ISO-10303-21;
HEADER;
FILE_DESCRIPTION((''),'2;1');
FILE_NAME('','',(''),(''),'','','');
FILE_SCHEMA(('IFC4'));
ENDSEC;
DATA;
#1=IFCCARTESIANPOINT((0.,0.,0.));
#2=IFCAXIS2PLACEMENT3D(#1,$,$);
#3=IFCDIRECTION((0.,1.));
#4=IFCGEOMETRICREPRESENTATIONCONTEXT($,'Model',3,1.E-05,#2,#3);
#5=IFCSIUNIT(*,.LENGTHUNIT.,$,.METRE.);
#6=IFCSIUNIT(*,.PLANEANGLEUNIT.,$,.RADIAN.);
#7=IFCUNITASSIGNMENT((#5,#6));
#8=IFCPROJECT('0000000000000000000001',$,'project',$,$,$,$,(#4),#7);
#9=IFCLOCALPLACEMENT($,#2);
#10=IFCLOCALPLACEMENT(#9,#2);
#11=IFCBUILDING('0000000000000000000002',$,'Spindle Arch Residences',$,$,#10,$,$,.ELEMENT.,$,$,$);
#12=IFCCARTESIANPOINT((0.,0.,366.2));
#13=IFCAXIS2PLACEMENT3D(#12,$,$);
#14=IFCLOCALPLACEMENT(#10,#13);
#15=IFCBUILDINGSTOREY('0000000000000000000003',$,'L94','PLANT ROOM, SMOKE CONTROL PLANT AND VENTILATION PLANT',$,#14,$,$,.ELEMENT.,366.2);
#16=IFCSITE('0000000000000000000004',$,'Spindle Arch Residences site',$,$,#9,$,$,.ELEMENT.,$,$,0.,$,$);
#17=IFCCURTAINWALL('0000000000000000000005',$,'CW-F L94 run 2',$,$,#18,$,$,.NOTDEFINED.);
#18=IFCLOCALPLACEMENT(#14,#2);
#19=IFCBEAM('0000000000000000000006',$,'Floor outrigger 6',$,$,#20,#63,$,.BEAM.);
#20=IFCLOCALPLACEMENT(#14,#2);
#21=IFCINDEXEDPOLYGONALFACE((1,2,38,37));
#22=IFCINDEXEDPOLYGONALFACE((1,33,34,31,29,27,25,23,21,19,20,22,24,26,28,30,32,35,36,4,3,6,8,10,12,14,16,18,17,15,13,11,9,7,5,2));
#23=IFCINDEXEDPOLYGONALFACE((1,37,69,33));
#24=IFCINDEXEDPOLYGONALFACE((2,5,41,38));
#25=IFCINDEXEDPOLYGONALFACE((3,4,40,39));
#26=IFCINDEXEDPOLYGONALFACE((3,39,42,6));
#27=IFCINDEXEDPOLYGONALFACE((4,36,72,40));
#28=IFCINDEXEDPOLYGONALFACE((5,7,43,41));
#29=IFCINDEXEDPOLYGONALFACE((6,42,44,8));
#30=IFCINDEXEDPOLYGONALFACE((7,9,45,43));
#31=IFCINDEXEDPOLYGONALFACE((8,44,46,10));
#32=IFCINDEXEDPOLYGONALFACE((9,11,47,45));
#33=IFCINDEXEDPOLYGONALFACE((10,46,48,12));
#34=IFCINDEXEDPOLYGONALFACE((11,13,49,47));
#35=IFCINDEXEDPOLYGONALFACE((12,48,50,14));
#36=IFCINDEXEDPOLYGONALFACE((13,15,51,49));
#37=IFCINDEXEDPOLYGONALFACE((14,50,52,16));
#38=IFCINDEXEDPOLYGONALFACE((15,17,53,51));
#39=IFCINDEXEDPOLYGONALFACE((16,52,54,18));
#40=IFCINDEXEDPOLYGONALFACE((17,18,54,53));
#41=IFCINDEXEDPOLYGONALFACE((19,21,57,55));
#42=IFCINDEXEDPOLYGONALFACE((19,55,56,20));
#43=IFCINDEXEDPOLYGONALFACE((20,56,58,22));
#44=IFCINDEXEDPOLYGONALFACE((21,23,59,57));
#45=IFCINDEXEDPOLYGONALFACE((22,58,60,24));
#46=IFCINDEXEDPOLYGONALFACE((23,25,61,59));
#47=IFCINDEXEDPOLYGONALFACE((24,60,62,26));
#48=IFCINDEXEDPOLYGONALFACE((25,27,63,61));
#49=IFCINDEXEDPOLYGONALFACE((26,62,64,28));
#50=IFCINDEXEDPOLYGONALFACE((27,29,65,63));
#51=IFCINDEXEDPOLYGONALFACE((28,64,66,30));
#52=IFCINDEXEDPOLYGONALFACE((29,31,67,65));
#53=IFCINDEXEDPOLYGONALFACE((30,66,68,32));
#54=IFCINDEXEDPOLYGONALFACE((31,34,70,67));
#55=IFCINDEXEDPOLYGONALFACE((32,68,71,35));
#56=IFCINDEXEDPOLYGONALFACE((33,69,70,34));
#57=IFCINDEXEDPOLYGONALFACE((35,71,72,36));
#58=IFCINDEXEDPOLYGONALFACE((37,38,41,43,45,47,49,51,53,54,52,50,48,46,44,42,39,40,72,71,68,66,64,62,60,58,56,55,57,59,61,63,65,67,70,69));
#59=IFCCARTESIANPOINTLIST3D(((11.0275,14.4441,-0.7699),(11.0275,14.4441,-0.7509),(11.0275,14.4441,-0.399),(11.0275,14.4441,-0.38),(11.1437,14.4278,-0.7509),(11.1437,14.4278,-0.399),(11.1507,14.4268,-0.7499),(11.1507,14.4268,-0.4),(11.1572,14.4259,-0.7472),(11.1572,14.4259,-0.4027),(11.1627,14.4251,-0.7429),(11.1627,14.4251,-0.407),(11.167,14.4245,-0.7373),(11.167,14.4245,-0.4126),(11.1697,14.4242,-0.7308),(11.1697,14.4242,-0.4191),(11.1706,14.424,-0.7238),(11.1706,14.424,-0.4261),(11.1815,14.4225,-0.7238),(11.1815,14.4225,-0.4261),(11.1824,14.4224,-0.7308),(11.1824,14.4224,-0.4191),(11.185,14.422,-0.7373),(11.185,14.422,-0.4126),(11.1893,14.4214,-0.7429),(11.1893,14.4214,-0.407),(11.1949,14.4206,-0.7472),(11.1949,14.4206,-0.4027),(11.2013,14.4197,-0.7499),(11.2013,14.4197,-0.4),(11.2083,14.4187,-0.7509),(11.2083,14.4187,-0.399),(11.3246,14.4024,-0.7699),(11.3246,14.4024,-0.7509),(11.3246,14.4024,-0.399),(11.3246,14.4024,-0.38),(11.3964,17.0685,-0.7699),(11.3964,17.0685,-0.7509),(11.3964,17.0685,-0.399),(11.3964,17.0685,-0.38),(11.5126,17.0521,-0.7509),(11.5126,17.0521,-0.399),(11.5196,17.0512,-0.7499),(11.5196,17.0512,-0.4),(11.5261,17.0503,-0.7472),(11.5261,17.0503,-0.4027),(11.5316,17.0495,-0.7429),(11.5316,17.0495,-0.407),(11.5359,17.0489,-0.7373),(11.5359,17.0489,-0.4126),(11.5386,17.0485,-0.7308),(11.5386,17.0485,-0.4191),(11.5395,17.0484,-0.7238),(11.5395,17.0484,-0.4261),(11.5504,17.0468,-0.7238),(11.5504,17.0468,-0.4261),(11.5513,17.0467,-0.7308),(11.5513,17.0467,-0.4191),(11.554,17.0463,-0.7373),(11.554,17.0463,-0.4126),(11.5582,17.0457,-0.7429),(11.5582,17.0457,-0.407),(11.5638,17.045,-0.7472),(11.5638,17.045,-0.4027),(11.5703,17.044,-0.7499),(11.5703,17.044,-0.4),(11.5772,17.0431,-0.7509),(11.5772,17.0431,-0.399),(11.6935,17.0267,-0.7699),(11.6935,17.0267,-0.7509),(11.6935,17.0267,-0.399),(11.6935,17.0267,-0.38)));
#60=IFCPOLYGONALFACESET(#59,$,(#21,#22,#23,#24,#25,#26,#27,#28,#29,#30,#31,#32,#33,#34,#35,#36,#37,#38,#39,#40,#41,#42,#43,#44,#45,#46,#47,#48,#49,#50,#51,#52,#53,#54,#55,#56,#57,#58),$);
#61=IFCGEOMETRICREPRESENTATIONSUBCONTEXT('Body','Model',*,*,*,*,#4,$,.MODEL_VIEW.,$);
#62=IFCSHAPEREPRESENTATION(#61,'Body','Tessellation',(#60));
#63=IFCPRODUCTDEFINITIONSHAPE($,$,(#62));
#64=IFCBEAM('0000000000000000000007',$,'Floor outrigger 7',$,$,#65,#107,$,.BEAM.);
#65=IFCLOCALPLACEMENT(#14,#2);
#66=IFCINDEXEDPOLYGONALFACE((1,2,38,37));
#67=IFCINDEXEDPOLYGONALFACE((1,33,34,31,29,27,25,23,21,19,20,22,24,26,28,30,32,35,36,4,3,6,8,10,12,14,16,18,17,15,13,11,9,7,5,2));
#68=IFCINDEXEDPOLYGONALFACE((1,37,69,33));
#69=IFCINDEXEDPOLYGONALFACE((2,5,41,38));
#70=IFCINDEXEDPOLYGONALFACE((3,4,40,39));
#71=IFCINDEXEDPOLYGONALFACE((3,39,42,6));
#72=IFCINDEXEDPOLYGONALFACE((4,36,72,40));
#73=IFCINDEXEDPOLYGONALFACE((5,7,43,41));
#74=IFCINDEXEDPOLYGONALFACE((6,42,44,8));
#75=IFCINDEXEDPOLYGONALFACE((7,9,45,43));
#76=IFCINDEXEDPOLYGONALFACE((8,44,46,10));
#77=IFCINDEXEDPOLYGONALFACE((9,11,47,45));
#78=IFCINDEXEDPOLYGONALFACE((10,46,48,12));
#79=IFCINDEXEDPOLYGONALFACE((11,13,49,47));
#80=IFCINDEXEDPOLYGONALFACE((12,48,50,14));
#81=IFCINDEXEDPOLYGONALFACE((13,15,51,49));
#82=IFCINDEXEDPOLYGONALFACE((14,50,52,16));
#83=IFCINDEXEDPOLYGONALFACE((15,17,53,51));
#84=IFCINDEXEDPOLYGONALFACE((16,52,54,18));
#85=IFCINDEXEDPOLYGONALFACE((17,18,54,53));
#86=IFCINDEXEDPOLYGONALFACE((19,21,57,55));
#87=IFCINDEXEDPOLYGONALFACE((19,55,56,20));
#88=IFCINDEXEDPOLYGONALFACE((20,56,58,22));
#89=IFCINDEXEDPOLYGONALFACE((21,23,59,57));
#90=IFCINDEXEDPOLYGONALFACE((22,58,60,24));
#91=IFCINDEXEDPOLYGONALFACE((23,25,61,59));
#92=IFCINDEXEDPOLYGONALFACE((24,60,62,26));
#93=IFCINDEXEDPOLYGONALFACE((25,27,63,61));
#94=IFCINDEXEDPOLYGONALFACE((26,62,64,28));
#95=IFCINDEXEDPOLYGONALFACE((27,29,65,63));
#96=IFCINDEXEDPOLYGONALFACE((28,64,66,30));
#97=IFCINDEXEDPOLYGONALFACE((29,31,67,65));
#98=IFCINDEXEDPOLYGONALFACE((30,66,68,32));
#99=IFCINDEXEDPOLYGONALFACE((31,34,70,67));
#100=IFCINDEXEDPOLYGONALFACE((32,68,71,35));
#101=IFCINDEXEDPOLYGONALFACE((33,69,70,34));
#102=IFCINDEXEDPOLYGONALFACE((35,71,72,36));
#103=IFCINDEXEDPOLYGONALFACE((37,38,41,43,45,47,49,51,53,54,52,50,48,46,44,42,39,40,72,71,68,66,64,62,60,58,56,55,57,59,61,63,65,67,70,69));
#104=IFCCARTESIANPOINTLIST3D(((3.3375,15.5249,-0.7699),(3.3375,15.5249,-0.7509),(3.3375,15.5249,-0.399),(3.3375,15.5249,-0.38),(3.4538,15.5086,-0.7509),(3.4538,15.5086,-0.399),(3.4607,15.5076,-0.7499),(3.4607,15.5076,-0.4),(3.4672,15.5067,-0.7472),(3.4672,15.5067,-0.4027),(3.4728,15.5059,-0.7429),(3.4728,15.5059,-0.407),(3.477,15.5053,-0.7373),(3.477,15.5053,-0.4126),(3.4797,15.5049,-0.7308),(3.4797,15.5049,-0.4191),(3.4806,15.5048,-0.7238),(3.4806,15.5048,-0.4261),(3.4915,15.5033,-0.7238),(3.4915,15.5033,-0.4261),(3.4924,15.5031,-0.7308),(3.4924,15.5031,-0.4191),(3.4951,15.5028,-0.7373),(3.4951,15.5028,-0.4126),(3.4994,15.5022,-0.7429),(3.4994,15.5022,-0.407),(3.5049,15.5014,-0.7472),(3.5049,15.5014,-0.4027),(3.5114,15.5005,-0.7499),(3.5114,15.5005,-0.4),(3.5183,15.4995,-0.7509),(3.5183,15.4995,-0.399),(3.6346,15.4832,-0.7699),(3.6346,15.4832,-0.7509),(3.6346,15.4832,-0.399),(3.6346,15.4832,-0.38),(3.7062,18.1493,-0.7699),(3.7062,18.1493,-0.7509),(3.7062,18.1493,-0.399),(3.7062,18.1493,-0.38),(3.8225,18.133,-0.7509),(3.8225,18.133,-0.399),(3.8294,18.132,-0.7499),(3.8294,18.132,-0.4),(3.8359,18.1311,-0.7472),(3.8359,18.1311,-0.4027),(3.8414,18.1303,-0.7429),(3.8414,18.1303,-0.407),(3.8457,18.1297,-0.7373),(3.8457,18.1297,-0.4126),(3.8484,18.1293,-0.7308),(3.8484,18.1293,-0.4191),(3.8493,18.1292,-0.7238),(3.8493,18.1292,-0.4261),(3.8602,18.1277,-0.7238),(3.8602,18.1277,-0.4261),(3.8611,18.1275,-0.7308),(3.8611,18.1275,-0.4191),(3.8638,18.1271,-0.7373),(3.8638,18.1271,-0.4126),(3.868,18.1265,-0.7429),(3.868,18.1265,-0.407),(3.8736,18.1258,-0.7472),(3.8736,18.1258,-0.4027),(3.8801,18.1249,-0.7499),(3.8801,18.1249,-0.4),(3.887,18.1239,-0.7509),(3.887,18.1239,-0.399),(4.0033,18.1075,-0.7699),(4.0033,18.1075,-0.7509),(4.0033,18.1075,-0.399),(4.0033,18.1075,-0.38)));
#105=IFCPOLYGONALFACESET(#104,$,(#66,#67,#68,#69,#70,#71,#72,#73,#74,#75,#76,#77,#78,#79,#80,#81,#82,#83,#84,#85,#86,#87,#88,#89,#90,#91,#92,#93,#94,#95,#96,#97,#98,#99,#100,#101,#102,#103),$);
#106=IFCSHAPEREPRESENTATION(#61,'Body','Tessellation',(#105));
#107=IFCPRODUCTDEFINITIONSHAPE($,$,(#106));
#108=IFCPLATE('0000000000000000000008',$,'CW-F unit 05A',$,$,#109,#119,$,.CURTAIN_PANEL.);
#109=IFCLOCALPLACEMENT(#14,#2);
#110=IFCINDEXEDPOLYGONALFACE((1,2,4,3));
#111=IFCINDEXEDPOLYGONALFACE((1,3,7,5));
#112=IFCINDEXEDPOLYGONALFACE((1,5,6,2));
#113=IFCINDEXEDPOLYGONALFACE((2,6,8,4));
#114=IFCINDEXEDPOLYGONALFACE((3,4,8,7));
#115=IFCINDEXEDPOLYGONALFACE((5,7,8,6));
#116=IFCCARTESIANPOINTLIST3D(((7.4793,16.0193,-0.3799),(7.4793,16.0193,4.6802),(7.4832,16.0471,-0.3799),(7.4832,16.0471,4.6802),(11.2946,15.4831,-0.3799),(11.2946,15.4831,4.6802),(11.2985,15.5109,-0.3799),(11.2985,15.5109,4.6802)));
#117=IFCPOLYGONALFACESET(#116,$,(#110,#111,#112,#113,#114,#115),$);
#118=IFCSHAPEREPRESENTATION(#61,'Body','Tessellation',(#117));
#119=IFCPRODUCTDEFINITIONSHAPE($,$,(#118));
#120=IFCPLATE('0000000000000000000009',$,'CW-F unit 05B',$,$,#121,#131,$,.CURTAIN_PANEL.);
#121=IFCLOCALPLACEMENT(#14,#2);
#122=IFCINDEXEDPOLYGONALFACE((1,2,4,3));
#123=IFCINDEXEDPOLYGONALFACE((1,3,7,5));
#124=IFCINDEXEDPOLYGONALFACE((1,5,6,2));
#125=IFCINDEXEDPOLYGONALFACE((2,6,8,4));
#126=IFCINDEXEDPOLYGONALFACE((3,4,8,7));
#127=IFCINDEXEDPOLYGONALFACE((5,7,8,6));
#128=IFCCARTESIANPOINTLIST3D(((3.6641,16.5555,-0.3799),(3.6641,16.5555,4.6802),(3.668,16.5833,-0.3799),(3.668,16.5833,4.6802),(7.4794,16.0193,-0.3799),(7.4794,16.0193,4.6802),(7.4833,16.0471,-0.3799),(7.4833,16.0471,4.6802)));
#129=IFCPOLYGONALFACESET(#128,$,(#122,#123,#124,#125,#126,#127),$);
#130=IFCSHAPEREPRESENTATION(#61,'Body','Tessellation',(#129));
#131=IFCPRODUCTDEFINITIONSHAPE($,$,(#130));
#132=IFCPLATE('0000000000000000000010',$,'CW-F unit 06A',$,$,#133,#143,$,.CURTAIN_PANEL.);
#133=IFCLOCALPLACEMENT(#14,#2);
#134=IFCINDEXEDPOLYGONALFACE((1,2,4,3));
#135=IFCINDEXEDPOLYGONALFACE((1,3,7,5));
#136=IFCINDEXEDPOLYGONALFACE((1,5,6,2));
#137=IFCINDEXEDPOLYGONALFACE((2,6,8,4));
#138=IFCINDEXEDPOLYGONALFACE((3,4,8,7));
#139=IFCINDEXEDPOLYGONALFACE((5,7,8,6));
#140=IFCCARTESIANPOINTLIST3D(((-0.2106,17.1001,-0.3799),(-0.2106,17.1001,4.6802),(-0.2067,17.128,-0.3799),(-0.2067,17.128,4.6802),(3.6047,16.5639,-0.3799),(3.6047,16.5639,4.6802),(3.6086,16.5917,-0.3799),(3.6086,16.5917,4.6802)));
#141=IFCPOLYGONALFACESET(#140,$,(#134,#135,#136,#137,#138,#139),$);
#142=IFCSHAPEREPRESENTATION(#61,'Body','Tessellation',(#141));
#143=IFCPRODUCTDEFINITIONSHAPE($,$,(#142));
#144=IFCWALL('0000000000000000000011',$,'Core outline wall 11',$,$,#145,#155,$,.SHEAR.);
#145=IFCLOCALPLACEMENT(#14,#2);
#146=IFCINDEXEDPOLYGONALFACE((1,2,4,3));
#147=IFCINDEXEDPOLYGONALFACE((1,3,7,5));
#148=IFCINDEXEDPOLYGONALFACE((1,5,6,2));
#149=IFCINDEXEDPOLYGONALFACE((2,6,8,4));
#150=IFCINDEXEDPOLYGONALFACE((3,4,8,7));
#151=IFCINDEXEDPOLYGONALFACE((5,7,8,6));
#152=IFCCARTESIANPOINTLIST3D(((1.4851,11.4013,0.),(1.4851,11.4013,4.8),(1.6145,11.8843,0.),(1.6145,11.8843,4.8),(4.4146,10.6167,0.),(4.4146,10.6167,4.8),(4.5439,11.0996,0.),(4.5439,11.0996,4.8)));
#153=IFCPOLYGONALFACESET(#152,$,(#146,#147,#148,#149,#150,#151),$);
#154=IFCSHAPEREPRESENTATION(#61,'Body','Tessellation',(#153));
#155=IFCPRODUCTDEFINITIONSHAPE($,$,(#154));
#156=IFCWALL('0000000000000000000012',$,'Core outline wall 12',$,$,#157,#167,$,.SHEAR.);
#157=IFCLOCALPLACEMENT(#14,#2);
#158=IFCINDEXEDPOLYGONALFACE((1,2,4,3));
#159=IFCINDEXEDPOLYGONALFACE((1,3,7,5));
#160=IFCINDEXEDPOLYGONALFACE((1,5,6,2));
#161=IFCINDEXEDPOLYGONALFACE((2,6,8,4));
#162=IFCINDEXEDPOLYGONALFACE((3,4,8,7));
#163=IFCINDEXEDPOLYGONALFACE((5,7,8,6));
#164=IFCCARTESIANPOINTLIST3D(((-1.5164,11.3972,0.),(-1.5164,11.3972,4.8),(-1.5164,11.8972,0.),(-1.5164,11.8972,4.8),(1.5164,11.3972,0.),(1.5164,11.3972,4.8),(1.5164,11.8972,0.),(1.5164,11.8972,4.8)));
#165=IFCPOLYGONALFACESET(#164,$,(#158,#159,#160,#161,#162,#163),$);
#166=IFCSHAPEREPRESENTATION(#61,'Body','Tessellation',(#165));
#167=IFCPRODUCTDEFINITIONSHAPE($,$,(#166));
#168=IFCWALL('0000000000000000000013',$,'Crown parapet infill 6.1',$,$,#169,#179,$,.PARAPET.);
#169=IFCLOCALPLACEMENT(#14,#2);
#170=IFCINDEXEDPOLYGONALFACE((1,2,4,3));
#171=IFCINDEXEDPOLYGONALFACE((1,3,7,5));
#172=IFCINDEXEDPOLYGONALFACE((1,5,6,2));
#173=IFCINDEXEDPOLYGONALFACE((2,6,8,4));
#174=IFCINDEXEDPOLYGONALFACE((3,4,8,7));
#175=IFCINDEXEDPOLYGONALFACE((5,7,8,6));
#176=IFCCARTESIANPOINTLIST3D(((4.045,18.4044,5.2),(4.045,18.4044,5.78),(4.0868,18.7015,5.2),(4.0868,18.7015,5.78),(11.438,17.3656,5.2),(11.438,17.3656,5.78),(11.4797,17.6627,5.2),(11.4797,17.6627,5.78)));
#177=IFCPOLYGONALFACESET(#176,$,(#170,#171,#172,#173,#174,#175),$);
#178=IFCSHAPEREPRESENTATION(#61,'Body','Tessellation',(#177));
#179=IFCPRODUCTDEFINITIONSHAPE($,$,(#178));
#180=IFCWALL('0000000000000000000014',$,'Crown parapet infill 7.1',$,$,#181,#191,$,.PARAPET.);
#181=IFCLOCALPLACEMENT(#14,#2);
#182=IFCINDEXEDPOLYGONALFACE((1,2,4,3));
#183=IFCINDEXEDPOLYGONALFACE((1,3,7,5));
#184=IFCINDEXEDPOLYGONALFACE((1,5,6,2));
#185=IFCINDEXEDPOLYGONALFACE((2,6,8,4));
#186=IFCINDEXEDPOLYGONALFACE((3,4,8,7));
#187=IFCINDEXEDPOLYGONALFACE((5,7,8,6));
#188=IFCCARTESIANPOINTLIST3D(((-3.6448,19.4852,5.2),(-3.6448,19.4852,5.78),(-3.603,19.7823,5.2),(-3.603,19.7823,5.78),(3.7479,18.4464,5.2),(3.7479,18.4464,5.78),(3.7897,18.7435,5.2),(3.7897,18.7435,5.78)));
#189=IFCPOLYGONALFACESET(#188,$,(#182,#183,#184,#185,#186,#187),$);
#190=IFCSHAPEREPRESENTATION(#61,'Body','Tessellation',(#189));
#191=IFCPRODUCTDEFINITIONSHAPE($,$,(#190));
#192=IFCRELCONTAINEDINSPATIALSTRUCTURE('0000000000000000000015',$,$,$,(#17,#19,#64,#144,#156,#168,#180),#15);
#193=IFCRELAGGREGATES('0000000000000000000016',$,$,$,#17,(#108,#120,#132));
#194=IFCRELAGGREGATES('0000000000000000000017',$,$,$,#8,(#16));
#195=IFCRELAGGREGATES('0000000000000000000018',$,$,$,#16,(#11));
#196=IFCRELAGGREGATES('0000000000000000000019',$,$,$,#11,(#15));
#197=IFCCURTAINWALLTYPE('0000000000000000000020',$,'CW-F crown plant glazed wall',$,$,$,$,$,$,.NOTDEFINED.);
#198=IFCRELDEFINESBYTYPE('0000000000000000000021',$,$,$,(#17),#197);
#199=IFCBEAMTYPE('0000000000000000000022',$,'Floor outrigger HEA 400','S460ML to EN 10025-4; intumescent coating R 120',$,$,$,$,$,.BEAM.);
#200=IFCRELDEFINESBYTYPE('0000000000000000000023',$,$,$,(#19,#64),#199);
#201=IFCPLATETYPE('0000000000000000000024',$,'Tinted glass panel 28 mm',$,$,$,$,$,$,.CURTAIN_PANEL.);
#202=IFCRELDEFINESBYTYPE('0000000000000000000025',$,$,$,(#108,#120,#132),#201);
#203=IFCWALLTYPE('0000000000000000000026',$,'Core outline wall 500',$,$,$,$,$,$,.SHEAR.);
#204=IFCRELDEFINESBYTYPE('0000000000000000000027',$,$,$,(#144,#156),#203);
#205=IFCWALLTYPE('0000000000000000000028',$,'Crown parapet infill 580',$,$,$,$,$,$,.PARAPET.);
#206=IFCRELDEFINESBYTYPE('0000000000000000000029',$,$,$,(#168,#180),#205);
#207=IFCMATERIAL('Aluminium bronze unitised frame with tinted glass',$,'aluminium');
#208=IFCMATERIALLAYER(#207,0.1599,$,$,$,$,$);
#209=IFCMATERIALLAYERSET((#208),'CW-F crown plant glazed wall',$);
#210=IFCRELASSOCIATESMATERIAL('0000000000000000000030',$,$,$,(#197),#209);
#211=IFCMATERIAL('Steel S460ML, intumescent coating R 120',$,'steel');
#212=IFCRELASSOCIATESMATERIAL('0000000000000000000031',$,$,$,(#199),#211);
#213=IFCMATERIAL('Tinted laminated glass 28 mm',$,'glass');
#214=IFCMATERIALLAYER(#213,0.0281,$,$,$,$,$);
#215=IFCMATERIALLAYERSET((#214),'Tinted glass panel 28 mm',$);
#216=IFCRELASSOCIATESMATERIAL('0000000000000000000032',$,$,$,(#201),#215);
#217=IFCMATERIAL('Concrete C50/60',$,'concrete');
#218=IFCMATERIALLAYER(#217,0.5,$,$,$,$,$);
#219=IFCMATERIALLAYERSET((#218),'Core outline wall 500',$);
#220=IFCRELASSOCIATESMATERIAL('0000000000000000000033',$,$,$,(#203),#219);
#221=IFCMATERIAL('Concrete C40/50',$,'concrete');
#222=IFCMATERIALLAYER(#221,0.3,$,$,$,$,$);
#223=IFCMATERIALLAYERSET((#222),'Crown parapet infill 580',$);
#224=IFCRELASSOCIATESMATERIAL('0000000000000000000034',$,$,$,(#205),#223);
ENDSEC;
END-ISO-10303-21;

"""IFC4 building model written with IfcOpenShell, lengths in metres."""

from ifc_helpers import new_model, si_unit, direction, frame, frame_2d, origin, origin_2d, place, context, subcontext, project, spatial, rectangle, i_section, extrude, material, layer, layer_set, material_profile, profile_set, type_object, element, aggregate, save


model = new_model("IFC4")

# Units and contexts
model_context = context("Model", 3, precision=1e-05, world=origin(), true_north=direction((0.0, 1.0)))
body_context = subcontext(model_context, "Body", "Model", "MODEL_VIEW")
ifc_project = project(units=[si_unit("LENGTHUNIT", "METRE"), si_unit("PLANEANGLEUNIT", "RADIAN")], contexts=[model_context])

# Site, building, storey
site_placement = place(None, origin())
site = spatial("IfcSite", under=ifc_project, at=site_placement, Name="Spindle Arch Residences site", CompositionType="ELEMENT", RefElevation=0.0)
building_placement = place(site_placement, origin())
building = spatial("IfcBuilding", under=site, at=building_placement, Name="Spindle Arch Residences", CompositionType="ELEMENT")
storey_placement = place(building_placement, frame((0.0, 0.0, 366.2)))
storey = spatial("IfcBuildingStorey", under=building, at=storey_placement, Name="L94", Description="PLANT ROOM, SMOKE CONTROL PLANT AND VENTILATION PLANT", CompositionType="ELEMENT", Elevation=366.2)

# Curtain wall
ifc_material_1 = material(Name="Aluminium bronze unitised frame with tinted glass", Category="aluminium")
ifc_layer_1 = layer(ifc_material_1, 0.1599)
ifc_layer_set_1 = layer_set([ifc_layer_1], Name="CW-F crown plant glazed wall")
curtain_wall_type = type_object("IfcCurtainWallType", Name="CW-F crown plant glazed wall", PredefinedType="NOTDEFINED", material=ifc_layer_set_1)
curtain_wall_placement = place(storey_placement, origin())
curtain_wall = element("IfcCurtainWall", 1, at=curtain_wall_placement, inside=storey, type_object=curtain_wall_type, Name="CW-F L94 run 2", PredefinedType="NOTDEFINED")

# Beams
ifc_material_2 = material(Name="Steel S460ML, intumescent coating R 120", Category="steel")
ifc_material_profile_1 = material_profile(ifc_material_2, i_section(OverallWidth=0.3, OverallDepth=0.3899, WebThickness=0.011, FlangeThickness=0.019, FilletRadius=0.0271, at=origin_2d()), Name="HEA 400")
ifc_profile_set_1 = profile_set([ifc_material_profile_1], Name="Steel S460ML, intumescent coating R 120")
beam_type_1 = type_object("IfcBeamType", Name="Floor outrigger HEA 400", Description="S460ML to EN 10025-4; intumescent coating R 120", PredefinedType="BEAM", material=ifc_profile_set_1)
for number, where, z_axis, x_axis, name in (
    (2, (11.5449, 17.0476, -0.575), (-0.139203, -0.990264, 0.0), (0.990264, -0.139203, 0.0), "Floor outrigger 6"),
    (3, (3.8547, 18.1284, -0.575), (-0.139112, -0.990277, 0.0), (0.990277, -0.139112, 0.0), "Floor outrigger 7"),
):
    element("IfcBeam", number, at=place(storey_placement, frame(where, z_axis=z_axis, x_axis=x_axis)), inside=storey, type_object=beam_type_1, Name=name, PredefinedType="BEAM", context=body_context, shape_type="SweptSolid", body=[
        extrude(i_section(OverallWidth=0.3, OverallDepth=0.3899, WebThickness=0.011, FlangeThickness=0.019, FilletRadius=0.0271, at=origin_2d()), origin(), (0.0, 0.0, 1.0), 2.6501),
    ])

# Plates
ifc_material_3 = material(Name="Tinted laminated glass 28 mm", Category="glass")
ifc_layer_2 = layer(ifc_material_3, 0.0281)
ifc_layer_set_2 = layer_set([ifc_layer_2], Name="Tinted glass panel 28 mm")
plate_type = type_object("IfcPlateType", Name="Tinted glass panel 28 mm", PredefinedType="CURTAIN_PANEL", material=ifc_layer_set_2)
plate_1_placement = place(storey_placement, frame((9.3889, 15.7651, -0.3799), z_axis=(0.0, 0.0, 1.0), x_axis=(-0.990268, 0.139173, 0.0)))
plate_1 = element("IfcPlate", 4, at=plate_1_placement, type_object=plate_type, Name="CW-F unit 05A", PredefinedType="CURTAIN_PANEL", context=body_context, shape_type="SweptSolid", body=[
    extrude(rectangle(XDim=3.8528, YDim=0.0281, at=origin_2d()), origin(), (0.0, 0.0, 1.0), 5.0601),
])
plate_2_placement = place(storey_placement, frame((5.5737, 16.3013, -0.3799), z_axis=(0.0, 0.0, 1.0), x_axis=(-0.990268, 0.139173, 0.0)))
plate_2 = element("IfcPlate", 5, at=plate_2_placement, type_object=plate_type, Name="CW-F unit 05B", PredefinedType="CURTAIN_PANEL", context=body_context, shape_type="SweptSolid", body=[
    extrude(rectangle(XDim=3.8528, YDim=0.0281, at=origin_2d()), origin(), (0.0, 0.0, 1.0), 5.0601),
])
plate_3_placement = place(storey_placement, frame((1.699, 16.8459, -0.3799), z_axis=(0.0, 0.0, 1.0), x_axis=(-0.990268, 0.139173, 0.0)))
plate_3 = element("IfcPlate", 6, at=plate_3_placement, type_object=plate_type, Name="CW-F unit 06A", PredefinedType="CURTAIN_PANEL", context=body_context, shape_type="SweptSolid", body=[
    extrude(rectangle(XDim=3.8528, YDim=0.0281, at=origin_2d()), origin(), (0.0, 0.0, 1.0), 5.0601),
])
aggregate(curtain_wall, [plate_1, plate_2, plate_3])

# Shared definitions
ifc_material_4 = material(Name="Concrete C50/60", Category="concrete")
ifc_layer_3 = layer(ifc_material_4, 0.5)
ifc_layer_set_3 = layer_set([ifc_layer_3], Name="Core outline wall 500")
wall_type_1 = type_object("IfcWallType", Name="Core outline wall 500", PredefinedType="SHEAR", material=ifc_layer_set_3)

# Walls
for number, where, z_axis, x_axis, name in (
    (7, (4.4792, 10.8582, 0.0), (0.0, 0.0, 1.0), (-0.965948, 0.258735, 0.0), "Core outline wall 11"),
    (8, (1.5164, 11.6472, 0.0), (0.0, 0.0, 1.0), (-1.0, 0.0, 0.0), "Core outline wall 12"),
):
    element("IfcWall", number, at=place(storey_placement, frame(where, z_axis=z_axis, x_axis=x_axis)), inside=storey, type_object=wall_type_1, Name=name, PredefinedType="SHEAR", context=body_context, shape_type="SweptSolid", body=[
        extrude(rectangle(XDim=3.0327, YDim=0.5, at=frame_2d((1.5164, 0.0))), origin(), (0.0, 0.0, 1.0), 4.8),
    ])
ifc_material_5 = material(Name="Concrete C40/50", Category="concrete")
ifc_layer_4 = layer(ifc_material_5, 0.3)
ifc_layer_set_4 = layer_set([ifc_layer_4], Name="Crown parapet infill 580")
wall_type_2 = type_object("IfcWallType", Name="Crown parapet infill 580", PredefinedType="PARAPET", material=ifc_layer_set_4)
wall_1_placement = place(storey_placement, frame((11.459, 17.5142, 5.2), z_axis=(0.0, 0.0, 1.0), x_axis=(-0.990272, 0.139146, 0.0)))
element("IfcWall", 9, at=wall_1_placement, inside=storey, type_object=wall_type_2, Name="Crown parapet infill 6.1", PredefinedType="PARAPET", context=body_context, shape_type="SweptSolid", body=[
    extrude(rectangle(XDim=7.4656, YDim=0.3, at=frame_2d((3.7329, 0.0))), origin(), (0.0, 0.0, 1.0), 0.5801),
])
wall_2_placement = place(storey_placement, frame((3.7688, 18.595, 5.2), z_axis=(0.0, 0.0, 1.0), x_axis=(-0.990271, 0.13915, 0.0)))
element("IfcWall", 10, at=wall_2_placement, inside=storey, type_object=wall_type_2, Name="Crown parapet infill 7.1", PredefinedType="PARAPET", context=body_context, shape_type="SweptSolid", body=[
    extrude(rectangle(XDim=7.4653, YDim=0.3, at=frame_2d((3.7327, 0.0))), origin(), (0.0, 0.0, 1.0), 0.5801),
])

save(model, "model.ifc")
